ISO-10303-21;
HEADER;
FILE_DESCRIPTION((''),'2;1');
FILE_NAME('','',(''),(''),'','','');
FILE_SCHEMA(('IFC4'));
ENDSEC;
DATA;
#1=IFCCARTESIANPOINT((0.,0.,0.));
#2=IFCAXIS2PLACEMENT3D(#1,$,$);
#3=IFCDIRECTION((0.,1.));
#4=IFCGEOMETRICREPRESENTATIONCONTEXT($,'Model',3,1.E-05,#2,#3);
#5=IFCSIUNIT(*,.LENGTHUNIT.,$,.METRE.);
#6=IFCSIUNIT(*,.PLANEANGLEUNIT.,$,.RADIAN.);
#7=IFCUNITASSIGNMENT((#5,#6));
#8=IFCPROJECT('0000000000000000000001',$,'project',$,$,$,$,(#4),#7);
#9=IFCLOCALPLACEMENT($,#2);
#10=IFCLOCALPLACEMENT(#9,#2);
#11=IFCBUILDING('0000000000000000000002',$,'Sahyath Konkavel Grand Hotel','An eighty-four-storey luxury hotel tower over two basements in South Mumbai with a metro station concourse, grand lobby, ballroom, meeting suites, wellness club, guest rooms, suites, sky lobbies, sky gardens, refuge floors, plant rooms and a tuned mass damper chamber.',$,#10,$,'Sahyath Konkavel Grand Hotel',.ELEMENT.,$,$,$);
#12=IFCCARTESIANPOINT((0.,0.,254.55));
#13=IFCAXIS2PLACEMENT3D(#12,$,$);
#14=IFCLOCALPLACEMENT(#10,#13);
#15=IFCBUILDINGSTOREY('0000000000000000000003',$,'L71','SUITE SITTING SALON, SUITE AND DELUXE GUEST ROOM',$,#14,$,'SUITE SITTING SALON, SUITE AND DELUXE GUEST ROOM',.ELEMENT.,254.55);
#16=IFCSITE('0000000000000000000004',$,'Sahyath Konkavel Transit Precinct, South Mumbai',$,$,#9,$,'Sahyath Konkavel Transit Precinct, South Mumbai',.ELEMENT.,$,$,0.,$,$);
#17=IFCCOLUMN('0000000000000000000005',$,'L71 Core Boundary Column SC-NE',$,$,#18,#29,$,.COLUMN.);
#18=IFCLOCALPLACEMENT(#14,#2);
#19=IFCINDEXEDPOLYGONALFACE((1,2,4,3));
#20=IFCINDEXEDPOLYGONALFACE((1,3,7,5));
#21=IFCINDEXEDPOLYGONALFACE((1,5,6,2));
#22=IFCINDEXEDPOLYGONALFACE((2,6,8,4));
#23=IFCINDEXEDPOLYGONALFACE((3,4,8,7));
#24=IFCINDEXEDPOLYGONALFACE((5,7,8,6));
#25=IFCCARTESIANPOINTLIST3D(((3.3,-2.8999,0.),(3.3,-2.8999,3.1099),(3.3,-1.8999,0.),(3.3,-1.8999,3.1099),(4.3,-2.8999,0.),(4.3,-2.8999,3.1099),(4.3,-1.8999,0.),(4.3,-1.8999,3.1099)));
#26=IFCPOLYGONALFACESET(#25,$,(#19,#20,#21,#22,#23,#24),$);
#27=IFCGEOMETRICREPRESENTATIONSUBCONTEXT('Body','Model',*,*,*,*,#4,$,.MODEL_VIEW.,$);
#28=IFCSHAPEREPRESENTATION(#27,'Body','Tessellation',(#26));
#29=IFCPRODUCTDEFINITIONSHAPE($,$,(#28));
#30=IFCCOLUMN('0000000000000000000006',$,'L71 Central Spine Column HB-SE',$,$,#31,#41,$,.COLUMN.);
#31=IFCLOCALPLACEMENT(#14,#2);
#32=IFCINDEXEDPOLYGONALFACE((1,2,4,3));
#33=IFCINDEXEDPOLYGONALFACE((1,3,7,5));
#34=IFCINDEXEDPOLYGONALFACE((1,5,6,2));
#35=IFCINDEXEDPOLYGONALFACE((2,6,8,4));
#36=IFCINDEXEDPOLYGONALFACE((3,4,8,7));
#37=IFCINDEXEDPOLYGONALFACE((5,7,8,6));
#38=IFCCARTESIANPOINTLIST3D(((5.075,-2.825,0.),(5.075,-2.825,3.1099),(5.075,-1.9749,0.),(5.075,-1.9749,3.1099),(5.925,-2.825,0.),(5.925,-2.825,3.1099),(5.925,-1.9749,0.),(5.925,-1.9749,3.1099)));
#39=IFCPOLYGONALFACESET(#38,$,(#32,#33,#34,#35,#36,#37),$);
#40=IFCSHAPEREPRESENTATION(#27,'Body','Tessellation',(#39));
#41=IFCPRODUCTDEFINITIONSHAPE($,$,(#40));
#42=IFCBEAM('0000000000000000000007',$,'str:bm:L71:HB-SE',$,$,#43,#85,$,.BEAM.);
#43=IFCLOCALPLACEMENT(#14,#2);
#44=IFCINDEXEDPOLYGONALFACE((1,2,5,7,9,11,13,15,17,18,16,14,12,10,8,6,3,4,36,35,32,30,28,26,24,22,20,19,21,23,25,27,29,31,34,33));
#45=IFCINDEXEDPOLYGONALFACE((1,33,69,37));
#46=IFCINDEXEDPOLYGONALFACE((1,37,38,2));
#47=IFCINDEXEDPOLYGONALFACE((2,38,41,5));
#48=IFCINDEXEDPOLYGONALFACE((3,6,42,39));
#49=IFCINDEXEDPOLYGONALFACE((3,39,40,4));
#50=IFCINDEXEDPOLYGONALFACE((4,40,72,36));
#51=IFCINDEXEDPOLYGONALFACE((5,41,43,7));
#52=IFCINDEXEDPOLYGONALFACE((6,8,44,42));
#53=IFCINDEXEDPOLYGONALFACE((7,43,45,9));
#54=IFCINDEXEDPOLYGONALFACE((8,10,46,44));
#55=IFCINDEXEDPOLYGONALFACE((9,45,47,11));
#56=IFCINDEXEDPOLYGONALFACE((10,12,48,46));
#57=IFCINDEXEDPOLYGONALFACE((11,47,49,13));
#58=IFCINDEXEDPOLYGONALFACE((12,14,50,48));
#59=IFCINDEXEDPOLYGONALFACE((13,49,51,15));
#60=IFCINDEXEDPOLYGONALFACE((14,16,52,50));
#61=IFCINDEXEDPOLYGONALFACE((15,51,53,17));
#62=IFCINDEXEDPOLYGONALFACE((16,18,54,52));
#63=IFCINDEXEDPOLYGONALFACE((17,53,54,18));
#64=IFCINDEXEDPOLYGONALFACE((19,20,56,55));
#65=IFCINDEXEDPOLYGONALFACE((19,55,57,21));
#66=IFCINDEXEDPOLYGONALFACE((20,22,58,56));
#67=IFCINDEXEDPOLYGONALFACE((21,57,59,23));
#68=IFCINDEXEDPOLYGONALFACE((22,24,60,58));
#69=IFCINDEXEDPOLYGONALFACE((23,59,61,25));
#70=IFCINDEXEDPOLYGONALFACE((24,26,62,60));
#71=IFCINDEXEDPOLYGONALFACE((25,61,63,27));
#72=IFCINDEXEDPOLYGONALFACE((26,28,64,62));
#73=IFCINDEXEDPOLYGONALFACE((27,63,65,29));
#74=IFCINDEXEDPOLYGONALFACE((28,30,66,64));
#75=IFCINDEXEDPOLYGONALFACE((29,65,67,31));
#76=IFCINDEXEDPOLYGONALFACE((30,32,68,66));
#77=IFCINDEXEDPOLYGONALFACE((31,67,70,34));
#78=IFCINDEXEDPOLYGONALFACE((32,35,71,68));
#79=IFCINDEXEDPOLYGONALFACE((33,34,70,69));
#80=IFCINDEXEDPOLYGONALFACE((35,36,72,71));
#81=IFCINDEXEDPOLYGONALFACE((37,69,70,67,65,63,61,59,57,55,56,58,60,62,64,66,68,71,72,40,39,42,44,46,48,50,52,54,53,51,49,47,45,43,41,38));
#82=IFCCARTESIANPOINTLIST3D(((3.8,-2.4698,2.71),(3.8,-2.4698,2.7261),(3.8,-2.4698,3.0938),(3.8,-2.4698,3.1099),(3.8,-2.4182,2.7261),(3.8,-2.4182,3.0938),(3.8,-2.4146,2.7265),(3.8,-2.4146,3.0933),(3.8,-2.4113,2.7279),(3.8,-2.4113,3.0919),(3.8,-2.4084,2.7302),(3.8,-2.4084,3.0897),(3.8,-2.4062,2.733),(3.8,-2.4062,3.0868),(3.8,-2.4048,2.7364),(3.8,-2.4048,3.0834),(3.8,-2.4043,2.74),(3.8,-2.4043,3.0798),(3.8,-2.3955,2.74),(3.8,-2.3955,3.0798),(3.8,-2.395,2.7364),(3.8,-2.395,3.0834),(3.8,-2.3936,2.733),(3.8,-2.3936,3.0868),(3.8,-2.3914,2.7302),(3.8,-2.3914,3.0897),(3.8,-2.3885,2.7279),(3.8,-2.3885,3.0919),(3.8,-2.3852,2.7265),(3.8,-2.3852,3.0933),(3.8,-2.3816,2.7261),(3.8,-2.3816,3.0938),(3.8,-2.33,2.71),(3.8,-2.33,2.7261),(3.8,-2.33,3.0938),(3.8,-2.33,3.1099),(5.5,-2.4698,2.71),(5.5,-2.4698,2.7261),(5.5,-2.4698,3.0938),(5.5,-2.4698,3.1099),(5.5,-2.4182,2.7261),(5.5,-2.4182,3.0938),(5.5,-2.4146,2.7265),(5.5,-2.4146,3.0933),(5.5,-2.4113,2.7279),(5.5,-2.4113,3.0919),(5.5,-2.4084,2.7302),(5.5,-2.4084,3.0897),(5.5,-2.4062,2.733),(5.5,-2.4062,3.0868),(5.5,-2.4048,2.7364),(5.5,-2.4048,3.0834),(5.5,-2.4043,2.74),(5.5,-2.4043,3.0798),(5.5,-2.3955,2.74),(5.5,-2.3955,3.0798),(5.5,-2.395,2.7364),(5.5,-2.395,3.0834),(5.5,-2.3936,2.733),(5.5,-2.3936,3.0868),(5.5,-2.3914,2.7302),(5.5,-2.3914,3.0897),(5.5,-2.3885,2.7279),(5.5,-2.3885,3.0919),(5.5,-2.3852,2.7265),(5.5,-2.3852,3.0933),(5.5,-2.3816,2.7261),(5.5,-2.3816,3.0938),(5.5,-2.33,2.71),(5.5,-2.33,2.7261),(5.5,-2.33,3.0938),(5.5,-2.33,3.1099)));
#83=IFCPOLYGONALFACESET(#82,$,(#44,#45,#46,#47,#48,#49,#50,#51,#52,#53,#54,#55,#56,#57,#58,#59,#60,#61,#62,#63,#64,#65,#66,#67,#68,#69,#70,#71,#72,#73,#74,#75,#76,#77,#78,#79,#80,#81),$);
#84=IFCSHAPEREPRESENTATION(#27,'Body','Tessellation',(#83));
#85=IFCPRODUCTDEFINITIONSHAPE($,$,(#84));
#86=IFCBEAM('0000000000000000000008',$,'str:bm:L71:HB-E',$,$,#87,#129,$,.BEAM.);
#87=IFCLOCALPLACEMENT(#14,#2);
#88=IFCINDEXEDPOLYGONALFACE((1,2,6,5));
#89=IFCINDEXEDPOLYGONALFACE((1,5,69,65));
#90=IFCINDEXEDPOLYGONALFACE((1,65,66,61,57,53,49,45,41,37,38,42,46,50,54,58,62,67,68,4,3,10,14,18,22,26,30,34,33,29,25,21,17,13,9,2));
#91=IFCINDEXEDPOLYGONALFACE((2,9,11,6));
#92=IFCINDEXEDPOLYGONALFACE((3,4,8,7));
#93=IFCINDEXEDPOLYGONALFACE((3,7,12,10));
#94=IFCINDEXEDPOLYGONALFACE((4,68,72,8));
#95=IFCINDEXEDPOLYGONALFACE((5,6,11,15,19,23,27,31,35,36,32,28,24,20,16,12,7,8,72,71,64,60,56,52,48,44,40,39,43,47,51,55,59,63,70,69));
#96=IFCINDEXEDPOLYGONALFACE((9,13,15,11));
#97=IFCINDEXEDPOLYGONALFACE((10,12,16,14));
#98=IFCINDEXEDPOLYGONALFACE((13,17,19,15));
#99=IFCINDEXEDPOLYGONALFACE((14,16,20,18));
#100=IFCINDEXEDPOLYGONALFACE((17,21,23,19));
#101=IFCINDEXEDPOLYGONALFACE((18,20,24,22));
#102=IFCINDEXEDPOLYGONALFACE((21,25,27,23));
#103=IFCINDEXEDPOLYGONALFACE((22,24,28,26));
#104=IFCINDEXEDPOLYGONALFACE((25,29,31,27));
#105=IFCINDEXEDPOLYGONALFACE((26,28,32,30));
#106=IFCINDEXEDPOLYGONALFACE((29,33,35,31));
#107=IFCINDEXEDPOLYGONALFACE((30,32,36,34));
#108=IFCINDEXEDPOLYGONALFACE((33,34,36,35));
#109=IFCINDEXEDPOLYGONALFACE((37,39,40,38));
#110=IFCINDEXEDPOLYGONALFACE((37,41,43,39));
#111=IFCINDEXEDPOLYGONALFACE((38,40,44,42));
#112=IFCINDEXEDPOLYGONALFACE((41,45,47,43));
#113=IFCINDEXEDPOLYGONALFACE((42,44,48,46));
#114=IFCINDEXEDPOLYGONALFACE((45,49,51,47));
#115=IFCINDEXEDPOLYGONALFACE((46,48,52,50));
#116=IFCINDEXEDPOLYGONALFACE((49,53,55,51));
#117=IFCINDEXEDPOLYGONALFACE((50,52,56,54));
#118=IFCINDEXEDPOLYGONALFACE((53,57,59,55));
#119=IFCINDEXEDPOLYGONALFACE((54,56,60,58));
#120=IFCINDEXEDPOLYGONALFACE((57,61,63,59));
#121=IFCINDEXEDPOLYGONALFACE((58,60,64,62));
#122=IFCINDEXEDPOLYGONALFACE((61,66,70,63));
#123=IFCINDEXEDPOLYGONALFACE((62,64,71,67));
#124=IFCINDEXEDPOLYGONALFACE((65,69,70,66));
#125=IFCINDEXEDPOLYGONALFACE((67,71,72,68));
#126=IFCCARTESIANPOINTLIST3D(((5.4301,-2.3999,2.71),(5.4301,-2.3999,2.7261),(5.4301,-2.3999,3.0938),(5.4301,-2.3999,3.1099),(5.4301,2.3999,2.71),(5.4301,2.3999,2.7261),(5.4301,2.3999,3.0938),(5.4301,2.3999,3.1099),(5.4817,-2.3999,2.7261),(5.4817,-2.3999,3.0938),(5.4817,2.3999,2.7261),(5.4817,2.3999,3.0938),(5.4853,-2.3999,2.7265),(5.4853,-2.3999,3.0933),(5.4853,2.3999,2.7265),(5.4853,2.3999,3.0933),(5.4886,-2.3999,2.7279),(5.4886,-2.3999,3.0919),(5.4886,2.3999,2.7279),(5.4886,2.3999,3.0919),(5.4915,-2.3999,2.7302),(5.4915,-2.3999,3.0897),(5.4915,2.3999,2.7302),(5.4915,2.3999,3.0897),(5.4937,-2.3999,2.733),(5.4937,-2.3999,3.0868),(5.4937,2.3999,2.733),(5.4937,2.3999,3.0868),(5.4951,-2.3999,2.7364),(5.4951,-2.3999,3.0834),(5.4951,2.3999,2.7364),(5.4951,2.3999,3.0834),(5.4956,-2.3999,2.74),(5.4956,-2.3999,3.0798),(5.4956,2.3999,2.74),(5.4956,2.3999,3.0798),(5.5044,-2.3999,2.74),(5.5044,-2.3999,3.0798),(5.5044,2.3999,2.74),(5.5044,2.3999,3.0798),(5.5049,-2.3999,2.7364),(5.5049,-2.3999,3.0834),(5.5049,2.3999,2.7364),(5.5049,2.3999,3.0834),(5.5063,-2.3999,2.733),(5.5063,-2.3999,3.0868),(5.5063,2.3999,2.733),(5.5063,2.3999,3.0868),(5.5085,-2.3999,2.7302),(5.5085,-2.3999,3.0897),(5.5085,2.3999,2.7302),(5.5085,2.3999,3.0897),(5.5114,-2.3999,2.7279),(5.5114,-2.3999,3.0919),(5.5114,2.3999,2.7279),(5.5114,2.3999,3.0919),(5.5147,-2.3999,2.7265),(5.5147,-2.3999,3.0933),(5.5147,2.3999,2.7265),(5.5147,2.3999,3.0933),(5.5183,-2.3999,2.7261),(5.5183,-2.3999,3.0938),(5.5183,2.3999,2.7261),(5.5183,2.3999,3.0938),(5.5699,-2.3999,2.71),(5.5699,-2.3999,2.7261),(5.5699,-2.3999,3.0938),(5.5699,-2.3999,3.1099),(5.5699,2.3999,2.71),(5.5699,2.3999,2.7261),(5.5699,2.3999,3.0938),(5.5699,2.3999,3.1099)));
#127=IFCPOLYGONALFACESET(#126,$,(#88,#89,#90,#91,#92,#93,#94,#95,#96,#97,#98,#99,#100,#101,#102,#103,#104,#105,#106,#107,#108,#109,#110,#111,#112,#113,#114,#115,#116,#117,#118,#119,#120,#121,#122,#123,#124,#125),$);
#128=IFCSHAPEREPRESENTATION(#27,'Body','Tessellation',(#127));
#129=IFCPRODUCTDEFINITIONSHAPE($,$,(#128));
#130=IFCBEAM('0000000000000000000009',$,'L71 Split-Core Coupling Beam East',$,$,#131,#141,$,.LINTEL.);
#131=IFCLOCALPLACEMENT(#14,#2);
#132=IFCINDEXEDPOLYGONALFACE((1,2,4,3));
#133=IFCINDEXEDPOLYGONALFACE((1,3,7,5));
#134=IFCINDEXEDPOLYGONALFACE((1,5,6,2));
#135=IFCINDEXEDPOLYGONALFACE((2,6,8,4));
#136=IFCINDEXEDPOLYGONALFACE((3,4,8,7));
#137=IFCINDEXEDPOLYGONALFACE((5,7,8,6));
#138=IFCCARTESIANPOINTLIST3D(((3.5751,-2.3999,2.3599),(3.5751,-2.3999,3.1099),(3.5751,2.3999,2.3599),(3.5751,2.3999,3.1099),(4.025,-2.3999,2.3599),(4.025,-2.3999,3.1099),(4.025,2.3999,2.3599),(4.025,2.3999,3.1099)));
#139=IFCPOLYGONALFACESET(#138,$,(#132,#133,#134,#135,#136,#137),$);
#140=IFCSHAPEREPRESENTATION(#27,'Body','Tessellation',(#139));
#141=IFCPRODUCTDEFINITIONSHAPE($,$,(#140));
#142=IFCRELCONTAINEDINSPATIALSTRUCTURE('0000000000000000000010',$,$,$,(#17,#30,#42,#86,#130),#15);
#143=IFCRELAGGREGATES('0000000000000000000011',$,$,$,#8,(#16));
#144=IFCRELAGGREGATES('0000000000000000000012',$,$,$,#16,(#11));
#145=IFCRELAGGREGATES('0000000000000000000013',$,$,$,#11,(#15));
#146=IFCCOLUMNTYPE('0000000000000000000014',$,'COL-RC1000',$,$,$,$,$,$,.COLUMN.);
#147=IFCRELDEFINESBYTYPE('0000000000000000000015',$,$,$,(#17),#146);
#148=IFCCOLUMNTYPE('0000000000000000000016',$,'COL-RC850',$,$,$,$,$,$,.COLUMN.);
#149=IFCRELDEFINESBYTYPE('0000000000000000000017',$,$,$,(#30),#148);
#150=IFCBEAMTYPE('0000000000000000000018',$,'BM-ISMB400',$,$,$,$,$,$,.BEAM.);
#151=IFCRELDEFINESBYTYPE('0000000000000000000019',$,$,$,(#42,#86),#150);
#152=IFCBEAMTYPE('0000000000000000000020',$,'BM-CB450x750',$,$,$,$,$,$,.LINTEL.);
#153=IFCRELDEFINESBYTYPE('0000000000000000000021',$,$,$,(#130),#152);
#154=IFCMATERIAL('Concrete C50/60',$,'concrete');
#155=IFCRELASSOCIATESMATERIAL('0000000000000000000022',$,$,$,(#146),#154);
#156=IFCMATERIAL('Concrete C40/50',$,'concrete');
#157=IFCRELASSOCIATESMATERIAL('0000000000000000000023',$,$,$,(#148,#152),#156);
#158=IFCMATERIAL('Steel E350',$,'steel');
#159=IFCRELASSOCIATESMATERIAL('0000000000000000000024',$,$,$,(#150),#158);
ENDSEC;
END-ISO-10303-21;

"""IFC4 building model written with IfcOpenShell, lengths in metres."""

from ifc_helpers import new_model, si_unit, direction, frame, origin, origin_2d, place, context, subcontext, project, spatial, rectangle, i_section, extrude, source, transform, mapped, material, material_profile, profile_set, type_object, element, save


model = new_model("IFC4")

# Units and contexts
model_context = context("Model", 3, precision=1e-05, world=origin(), true_north=direction((0.0, 1.0)))
body_context = subcontext(model_context, "Body", "Model", "MODEL_VIEW")
ifc_project = project(units=[si_unit("LENGTHUNIT", "METRE"), si_unit("PLANEANGLEUNIT", "RADIAN")], contexts=[model_context])

# Site, building, storey
site_placement = place(None, origin())
site = spatial("IfcSite", under=ifc_project, at=site_placement, Name="Sahyath Konkavel Transit Precinct, South Mumbai", LongName="Sahyath Konkavel Transit Precinct, South Mumbai", CompositionType="ELEMENT", RefElevation=0.0)
building_placement = place(site_placement, origin())
building = spatial("IfcBuilding", under=site, at=building_placement, Name="Sahyath Konkavel Grand Hotel", Description="An eighty-four-storey luxury hotel tower over two basements in South Mumbai with a metro station concourse, grand lobby, ballroom, meeting suites, wellness club, guest rooms, suites, sky lobbies, sky gardens, refuge floors, plant rooms and a tuned mass damper chamber.", LongName="Sahyath Konkavel Grand Hotel", CompositionType="ELEMENT")
storey_placement = place(building_placement, frame((0.0, 0.0, 254.55)))
storey = spatial("IfcBuildingStorey", under=building, at=storey_placement, Name="L71", Description="SUITE SITTING SALON, SUITE AND DELUXE GUEST ROOM", LongName="SUITE SITTING SALON, SUITE AND DELUXE GUEST ROOM", CompositionType="ELEMENT", Elevation=254.55)

# Columns
ifc_material_1 = material(Name="Concrete C50/60", Category="concrete")
ifc_material_profile_1 = material_profile(ifc_material_1, rectangle(XDim=1.0, YDim=1.0, at=origin_2d()), Name="RC 1000x1000")
ifc_profile_set_1 = profile_set([ifc_material_profile_1], Name="Concrete C50/60")
column_type_1 = type_object("IfcColumnType", Name="COL-RC1000", PredefinedType="COLUMN", material=ifc_profile_set_1)
shared_shape_1 = source(origin(), body_context, "Body", "SweptSolid", [
    extrude(rectangle(XDim=1.0, YDim=1.0, at=origin_2d()), origin(), (0.0, 0.0, 1.0), 3.1099),
])
column_1_placement = place(storey_placement, frame((3.8, -2.3999, 0.0), z_axis=(0.0, 0.0, 1.0), x_axis=(1.0, 0.0, 0.0)))
element("IfcColumn", 1, at=column_1_placement, inside=storey, type_object=column_type_1, Name="L71 Core Boundary Column SC-NE", PredefinedType="COLUMN", context=body_context, shape_type="MappedRepresentation", body=[
    mapped(shared_shape_1, transform((0.0, 0.0, 0.0), scale=1.0)),
])
ifc_material_2 = material(Name="Concrete C40/50", Category="concrete")
ifc_material_profile_2 = material_profile(ifc_material_2, rectangle(XDim=0.8501, YDim=0.8501, at=origin_2d()), Name="RC 850x850")
ifc_profile_set_2 = profile_set([ifc_material_profile_2], Name="Concrete C40/50")
column_type_2 = type_object("IfcColumnType", Name="COL-RC850", PredefinedType="COLUMN", material=ifc_profile_set_2)
shared_shape_2 = source(origin(), body_context, "Body", "SweptSolid", [
    extrude(rectangle(XDim=0.8501, YDim=0.8501, at=origin_2d()), origin(), (0.0, 0.0, 1.0), 3.1099),
])
column_2_placement = place(storey_placement, frame((5.5, -2.3999, 0.0), z_axis=(0.0, 0.0, 1.0), x_axis=(1.0, 0.0, 0.0)))
element("IfcColumn", 2, at=column_2_placement, inside=storey, type_object=column_type_2, Name="L71 Central Spine Column HB-SE", PredefinedType="COLUMN", context=body_context, shape_type="MappedRepresentation", body=[
    mapped(shared_shape_2, transform((0.0, 0.0, 0.0), scale=1.0)),
])

# Beams
ifc_material_3 = material(Name="Steel E350", Category="steel")
ifc_material_profile_3 = material_profile(ifc_material_3, i_section(OverallWidth=0.1399, OverallDepth=0.3999, WebThickness=0.0088, FlangeThickness=0.0161, FilletRadius=0.0139, at=origin_2d()), Name="ISMB 400")
ifc_profile_set_3 = profile_set([ifc_material_profile_3], Name="Steel E350")
beam_type_1 = type_object("IfcBeamType", Name="BM-ISMB400", PredefinedType="BEAM", material=ifc_profile_set_3)
shared_shape_3 = source(origin(), body_context, "Body", "SweptSolid", [
    extrude(i_section(OverallWidth=0.1399, OverallDepth=0.3999, WebThickness=0.0088, FlangeThickness=0.0161, FilletRadius=0.0139, at=origin_2d()), origin(), (0.0, 0.0, 1.0), 1.7),
])
beam_1_placement = place(storey_placement, frame((3.8, -2.3999, 2.9099), z_axis=(1.0, 0.0, 0.0), x_axis=(0.0, 1.0, 0.0)))
element("IfcBeam", 3, at=beam_1_placement, inside=storey, type_object=beam_type_1, Name="str:bm:L71:HB-SE", PredefinedType="BEAM", context=body_context, shape_type="MappedRepresentation", body=[
    mapped(shared_shape_3, transform((0.0, 0.0, 0.0), scale=1.0)),
])
shared_shape_4 = source(origin(), body_context, "Body", "SweptSolid", [
    extrude(i_section(OverallWidth=0.1399, OverallDepth=0.3999, WebThickness=0.0088, FlangeThickness=0.0161, FilletRadius=0.0139, at=origin_2d()), origin(), (0.0, 0.0, 1.0), 4.7998),
])
beam_2_placement = place(storey_placement, frame((5.5, -2.3999, 2.9099), z_axis=(0.0, 1.0, 0.0), x_axis=(-1.0, 0.0, 0.0)))
element("IfcBeam", 4, at=beam_2_placement, inside=storey, type_object=beam_type_1, Name="str:bm:L71:HB-E", PredefinedType="BEAM", context=body_context, shape_type="MappedRepresentation", body=[
    mapped(shared_shape_4, transform((0.0, 0.0, 0.0), scale=1.0)),
])
ifc_material_profile_4 = material_profile(ifc_material_2, rectangle(XDim=0.45, YDim=0.75, at=origin_2d()), Name="RC 450x750")
ifc_profile_set_4 = profile_set([ifc_material_profile_4], Name="Concrete C40/50")
beam_type_2 = type_object("IfcBeamType", Name="BM-CB450x750", PredefinedType="LINTEL", material=ifc_profile_set_4)
shared_shape_5 = source(origin(), body_context, "Body", "SweptSolid", [
    extrude(rectangle(XDim=0.45, YDim=0.75, at=origin_2d()), origin(), (0.0, 0.0, 1.0), 4.7998),
])
beam_3_placement = place(storey_placement, frame((3.8, -2.3999, 2.7349), z_axis=(0.0, 1.0, 0.0), x_axis=(-1.0, 0.0, 0.0)))
element("IfcBeam", 5, at=beam_3_placement, inside=storey, type_object=beam_type_2, Name="L71 Split-Core Coupling Beam East", PredefinedType="LINTEL", context=body_context, shape_type="MappedRepresentation", body=[
    mapped(shared_shape_5, transform((0.0, 0.0, 0.0), scale=1.0)),
])

save(model, "model.ifc")
